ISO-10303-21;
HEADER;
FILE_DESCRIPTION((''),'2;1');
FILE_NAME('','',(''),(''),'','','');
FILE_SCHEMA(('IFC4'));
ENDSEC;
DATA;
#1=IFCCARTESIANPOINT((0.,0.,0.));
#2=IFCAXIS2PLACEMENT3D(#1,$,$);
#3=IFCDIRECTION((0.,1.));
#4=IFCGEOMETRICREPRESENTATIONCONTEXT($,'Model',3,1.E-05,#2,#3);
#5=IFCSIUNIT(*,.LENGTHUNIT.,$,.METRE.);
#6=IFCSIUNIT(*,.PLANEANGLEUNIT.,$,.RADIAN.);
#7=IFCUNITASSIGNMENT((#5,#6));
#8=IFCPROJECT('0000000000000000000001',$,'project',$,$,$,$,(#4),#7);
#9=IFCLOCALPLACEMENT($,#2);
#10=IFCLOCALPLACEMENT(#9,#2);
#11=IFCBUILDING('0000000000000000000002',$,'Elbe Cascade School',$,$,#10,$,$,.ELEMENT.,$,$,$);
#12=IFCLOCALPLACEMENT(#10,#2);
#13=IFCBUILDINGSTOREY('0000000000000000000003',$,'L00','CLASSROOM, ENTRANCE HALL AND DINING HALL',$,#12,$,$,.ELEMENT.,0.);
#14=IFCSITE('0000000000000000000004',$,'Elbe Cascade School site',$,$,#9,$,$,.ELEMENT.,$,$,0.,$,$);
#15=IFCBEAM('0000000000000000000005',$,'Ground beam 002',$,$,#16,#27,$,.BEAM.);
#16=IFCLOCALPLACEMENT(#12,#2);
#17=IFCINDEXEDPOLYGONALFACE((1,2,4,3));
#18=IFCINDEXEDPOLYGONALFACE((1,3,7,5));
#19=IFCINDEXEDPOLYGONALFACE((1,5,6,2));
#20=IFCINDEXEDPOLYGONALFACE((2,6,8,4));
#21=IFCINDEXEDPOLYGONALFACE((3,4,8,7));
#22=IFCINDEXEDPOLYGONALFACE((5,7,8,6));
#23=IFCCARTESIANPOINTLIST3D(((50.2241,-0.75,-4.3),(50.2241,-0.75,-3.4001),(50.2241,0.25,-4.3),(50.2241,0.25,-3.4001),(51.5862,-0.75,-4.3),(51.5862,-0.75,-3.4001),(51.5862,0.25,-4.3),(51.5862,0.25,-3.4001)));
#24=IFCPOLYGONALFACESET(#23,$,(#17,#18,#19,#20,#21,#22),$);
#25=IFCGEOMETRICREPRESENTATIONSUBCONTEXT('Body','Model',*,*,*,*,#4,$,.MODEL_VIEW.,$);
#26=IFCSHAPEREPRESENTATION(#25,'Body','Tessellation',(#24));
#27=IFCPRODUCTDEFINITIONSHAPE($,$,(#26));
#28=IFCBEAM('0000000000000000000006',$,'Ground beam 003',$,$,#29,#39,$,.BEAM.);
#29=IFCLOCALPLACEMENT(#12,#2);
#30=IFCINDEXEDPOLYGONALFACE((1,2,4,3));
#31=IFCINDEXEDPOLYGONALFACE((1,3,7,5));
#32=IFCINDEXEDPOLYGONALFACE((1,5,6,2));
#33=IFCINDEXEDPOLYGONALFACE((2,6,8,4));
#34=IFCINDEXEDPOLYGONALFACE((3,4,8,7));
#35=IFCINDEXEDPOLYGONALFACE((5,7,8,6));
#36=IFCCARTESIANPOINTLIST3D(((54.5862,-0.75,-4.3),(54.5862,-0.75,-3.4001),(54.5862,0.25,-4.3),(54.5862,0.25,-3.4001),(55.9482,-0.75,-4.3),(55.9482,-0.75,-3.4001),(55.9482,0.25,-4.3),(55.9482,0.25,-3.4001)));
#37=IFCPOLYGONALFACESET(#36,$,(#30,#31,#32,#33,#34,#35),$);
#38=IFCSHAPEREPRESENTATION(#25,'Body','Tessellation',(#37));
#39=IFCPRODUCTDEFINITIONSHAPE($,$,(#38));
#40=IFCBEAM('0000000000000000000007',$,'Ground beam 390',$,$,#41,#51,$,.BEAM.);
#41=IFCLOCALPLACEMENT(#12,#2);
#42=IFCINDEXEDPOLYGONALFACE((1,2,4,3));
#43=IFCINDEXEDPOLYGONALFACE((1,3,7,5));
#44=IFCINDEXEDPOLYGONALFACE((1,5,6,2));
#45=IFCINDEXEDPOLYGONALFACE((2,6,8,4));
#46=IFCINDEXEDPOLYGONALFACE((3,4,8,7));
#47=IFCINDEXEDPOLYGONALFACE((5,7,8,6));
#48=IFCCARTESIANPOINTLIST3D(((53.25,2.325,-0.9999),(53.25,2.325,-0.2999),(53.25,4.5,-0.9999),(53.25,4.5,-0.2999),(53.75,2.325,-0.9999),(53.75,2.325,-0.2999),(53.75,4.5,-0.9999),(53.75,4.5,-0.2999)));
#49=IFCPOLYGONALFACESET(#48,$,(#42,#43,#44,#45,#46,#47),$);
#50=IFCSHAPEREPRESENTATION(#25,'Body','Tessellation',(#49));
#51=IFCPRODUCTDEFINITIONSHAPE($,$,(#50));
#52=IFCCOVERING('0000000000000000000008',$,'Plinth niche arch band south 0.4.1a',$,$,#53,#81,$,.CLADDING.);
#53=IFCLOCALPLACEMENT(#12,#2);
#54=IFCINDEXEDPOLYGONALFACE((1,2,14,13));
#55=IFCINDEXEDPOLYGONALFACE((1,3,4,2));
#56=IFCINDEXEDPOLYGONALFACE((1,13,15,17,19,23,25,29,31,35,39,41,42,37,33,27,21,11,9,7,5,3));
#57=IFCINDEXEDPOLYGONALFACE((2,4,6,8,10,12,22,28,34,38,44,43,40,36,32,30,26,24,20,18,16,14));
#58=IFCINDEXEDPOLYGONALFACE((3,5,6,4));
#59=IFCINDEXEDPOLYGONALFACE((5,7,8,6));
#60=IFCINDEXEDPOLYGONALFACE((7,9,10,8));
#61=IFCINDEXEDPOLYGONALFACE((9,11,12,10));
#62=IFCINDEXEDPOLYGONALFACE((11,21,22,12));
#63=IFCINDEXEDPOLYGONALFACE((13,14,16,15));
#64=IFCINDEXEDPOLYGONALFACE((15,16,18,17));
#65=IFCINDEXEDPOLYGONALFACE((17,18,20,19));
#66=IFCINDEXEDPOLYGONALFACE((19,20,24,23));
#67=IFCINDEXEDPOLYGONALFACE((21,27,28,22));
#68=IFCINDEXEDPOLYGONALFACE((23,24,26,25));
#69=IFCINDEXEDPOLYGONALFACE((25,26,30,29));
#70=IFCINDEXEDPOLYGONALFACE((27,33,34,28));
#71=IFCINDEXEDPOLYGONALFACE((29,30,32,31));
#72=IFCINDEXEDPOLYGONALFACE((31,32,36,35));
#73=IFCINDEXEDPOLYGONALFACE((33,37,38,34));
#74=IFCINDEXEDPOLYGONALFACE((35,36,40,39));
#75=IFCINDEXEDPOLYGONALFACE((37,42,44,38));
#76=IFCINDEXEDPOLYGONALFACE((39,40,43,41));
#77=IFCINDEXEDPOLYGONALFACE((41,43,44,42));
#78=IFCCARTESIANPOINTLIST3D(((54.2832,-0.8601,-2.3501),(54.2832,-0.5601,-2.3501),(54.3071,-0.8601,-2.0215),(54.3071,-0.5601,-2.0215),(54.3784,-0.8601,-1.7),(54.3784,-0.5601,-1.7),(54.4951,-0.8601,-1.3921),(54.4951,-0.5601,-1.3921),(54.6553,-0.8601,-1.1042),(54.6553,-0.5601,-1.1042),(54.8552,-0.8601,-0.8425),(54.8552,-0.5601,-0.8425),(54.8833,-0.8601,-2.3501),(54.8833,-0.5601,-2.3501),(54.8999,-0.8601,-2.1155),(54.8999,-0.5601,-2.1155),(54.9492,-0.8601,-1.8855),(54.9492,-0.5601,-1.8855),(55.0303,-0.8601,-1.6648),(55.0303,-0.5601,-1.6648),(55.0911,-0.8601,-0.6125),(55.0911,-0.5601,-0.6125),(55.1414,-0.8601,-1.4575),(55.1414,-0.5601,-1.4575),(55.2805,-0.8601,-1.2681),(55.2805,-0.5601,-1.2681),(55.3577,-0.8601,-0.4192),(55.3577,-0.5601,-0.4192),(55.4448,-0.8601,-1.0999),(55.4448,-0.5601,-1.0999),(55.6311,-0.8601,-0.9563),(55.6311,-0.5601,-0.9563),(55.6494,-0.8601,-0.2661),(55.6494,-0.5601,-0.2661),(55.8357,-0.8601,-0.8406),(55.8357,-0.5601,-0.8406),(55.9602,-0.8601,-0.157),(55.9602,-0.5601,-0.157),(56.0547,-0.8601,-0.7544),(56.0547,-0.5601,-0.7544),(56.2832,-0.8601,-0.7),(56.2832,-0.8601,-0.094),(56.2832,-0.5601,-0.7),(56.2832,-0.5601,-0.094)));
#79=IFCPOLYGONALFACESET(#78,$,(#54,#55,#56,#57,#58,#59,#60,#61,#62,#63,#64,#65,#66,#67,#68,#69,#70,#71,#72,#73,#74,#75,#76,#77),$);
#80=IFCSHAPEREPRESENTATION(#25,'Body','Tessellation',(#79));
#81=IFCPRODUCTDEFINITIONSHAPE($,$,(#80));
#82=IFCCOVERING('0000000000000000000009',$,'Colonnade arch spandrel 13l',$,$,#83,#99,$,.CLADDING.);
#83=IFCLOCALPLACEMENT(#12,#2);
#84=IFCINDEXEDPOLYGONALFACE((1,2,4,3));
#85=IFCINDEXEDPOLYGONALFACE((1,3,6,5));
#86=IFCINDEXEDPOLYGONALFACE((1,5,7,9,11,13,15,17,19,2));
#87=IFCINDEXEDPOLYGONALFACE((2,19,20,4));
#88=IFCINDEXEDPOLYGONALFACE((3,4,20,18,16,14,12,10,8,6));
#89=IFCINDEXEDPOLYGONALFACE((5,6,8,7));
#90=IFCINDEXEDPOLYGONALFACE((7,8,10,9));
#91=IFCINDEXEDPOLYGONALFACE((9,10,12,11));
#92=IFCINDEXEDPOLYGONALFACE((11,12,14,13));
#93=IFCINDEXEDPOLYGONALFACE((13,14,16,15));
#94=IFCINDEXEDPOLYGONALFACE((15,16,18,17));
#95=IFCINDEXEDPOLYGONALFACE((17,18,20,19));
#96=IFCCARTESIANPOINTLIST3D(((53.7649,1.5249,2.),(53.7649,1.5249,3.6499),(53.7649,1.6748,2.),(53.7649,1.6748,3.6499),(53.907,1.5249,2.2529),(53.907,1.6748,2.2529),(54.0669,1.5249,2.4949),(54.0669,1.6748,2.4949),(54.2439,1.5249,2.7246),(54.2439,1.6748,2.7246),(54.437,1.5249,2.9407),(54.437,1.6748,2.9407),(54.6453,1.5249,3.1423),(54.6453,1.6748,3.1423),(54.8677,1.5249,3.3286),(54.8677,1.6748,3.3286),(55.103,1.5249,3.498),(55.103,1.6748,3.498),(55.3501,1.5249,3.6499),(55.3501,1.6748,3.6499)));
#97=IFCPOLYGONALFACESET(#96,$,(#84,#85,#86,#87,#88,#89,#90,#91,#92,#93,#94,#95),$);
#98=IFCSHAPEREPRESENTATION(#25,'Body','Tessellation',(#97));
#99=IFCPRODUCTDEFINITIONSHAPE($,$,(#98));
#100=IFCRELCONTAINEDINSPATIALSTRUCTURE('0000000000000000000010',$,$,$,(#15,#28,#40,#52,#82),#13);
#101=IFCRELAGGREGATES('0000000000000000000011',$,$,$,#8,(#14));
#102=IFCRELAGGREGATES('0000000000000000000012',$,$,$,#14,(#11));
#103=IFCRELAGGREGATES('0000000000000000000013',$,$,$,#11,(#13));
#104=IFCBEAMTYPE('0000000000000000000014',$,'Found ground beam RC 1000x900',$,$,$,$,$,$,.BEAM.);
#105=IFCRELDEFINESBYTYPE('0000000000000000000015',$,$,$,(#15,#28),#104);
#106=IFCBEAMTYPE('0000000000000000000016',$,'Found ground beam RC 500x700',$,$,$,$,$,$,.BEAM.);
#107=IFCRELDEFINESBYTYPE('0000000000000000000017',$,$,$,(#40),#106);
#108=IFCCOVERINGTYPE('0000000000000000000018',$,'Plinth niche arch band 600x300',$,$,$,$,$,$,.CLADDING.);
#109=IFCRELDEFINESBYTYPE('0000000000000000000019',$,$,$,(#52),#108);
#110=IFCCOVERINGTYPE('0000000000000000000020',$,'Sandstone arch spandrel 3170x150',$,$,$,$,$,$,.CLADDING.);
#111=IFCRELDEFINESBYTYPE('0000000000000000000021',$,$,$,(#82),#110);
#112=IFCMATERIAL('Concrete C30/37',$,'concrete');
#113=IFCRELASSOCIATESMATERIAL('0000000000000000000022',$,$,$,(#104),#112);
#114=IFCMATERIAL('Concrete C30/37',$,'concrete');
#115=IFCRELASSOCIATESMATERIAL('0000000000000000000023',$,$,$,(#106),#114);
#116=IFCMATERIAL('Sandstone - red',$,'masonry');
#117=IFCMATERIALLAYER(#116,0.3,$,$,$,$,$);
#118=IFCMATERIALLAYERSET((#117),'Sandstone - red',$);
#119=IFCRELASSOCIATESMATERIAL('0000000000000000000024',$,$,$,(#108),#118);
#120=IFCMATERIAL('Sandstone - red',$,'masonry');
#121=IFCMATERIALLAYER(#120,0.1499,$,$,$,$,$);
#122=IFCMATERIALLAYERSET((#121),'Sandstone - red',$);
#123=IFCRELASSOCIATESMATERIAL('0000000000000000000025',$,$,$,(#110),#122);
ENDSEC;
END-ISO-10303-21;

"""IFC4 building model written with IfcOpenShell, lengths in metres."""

from ifc_helpers import new_model, si_unit, direction, frame, origin, origin_2d, place, context, subcontext, project, spatial, polyline, rectangle, outline, extrude, material, layer, layer_set, material_profile, profile_set, type_object, element, save


model = new_model("IFC4")

# Units and contexts
model_context = context("Model", 3, precision=1e-05, world=origin(), true_north=direction((0.0, 1.0)))
body_context = subcontext(model_context, "Body", "Model", "MODEL_VIEW")
ifc_project = project(units=[si_unit("LENGTHUNIT", "METRE"), si_unit("PLANEANGLEUNIT", "RADIAN")], contexts=[model_context])

# Site, building, storey
site_placement = place(None, origin())
site = spatial("IfcSite", under=ifc_project, at=site_placement, Name="Elbe Cascade School site", CompositionType="ELEMENT", RefElevation=0.0)
building_placement = place(site_placement, origin())
building = spatial("IfcBuilding", under=site, at=building_placement, Name="Elbe Cascade School", CompositionType="ELEMENT")
storey_placement = place(building_placement, origin())
storey = spatial("IfcBuildingStorey", under=building, at=storey_placement, Name="L00", Description="CLASSROOM, ENTRANCE HALL AND DINING HALL", CompositionType="ELEMENT", Elevation=0.0)

# Beams
ifc_material_1 = material(Name="Concrete C30/37", Category="concrete")
ifc_material_profile_1 = material_profile(ifc_material_1, rectangle(XDim=1.0, YDim=0.8999, at=origin_2d()), Name="RC 1000x900")
ifc_profile_set_1 = profile_set([ifc_material_profile_1], Name="Concrete C30/37")
beam_type_1 = type_object("IfcBeamType", Name="Found ground beam RC 1000x900", PredefinedType="BEAM", material=ifc_profile_set_1)
for number, where, z_axis, x_axis, name in (
    (1, (50.2241, -0.25, -3.8501), (1.0, 0.0, 0.0), (0.0, 1.0, 0.0), "Ground beam 002"),
    (2, (54.5862, -0.25, -3.8501), (1.0, 0.0, 0.0), (0.0, 1.0, 0.0), "Ground beam 003"),
):
    element("IfcBeam", number, at=place(storey_placement, frame(where, z_axis=z_axis, x_axis=x_axis)), inside=storey, type_object=beam_type_1, Name=name, PredefinedType="BEAM", context=body_context, shape_type="SweptSolid", body=[
        extrude(rectangle(XDim=1.0, YDim=0.8999, at=origin_2d()), origin(), (0.0, 0.0, 1.0), 1.3621),
    ])
ifc_material_2 = material(Name="Concrete C30/37", Category="concrete")
ifc_material_profile_2 = material_profile(ifc_material_2, rectangle(XDim=0.5, YDim=0.7, at=origin_2d()), Name="RC 500x700")
ifc_profile_set_2 = profile_set([ifc_material_profile_2], Name="Concrete C30/37")
beam_type_2 = type_object("IfcBeamType", Name="Found ground beam RC 500x700", PredefinedType="BEAM", material=ifc_profile_set_2)
beam_1_placement = place(storey_placement, frame((53.5, 2.325, -0.6499), z_axis=(0.0, 1.0, 0.0), x_axis=(-1.0, 0.0, 0.0)))
element("IfcBeam", 3, at=beam_1_placement, inside=storey, type_object=beam_type_2, Name="Ground beam 390", PredefinedType="BEAM", context=body_context, shape_type="SweptSolid", body=[
    extrude(rectangle(XDim=0.5, YDim=0.7, at=origin_2d()), origin(), (0.0, 0.0, 1.0), 2.175),
])

# Coverings
ifc_material_3 = material(Name="Sandstone - red", Category="masonry")
ifc_layer_1 = layer(ifc_material_3, 0.3)
ifc_layer_set_1 = layer_set([ifc_layer_1], Name="Sandstone - red")
covering_type_1 = type_object("IfcCoveringType", Name="Plinth niche arch band 600x300", PredefinedType="CLADDING", material=ifc_layer_set_1)
covering_1_placement = place(storey_placement, frame((54.2832, -0.8601, -2.3501), z_axis=(0.0, -1.0, 0.0), x_axis=(1.0, 0.0, 0.0)))
element("IfcCovering", 4, at=covering_1_placement, inside=storey, type_object=covering_type_1, Name="Plinth niche arch band south 0.4.1a", PredefinedType="CLADDING", context=body_context, shape_type="SweptSolid", body=[
    extrude(outline(polyline([(0.0, 0.0), (0.6001, 0.0), (0.6167, 0.2346), (0.666, 0.4646), (0.7471, 0.6853), (0.8582, 0.8926), (0.9973, 1.082), (1.1616, 1.2502), (1.3479, 1.3938), (1.5525, 1.5095), (1.7715, 1.5957), (2.0, 1.6501), (2.0, 2.2561), (1.677, 2.1931), (1.3662, 2.084), (1.0745, 1.9309), (0.8079, 1.7375), (0.572, 1.5076), (0.3721, 1.2458), (0.2119, 0.958), (0.0952, 0.6501), (0.0239, 0.3286), (0.0, 0.0)])), origin(), (0.0, 0.0, -1.0), 0.3),
])
ifc_material_4 = material(Name="Sandstone - red", Category="masonry")
ifc_layer_2 = layer(ifc_material_4, 0.1499)
ifc_layer_set_2 = layer_set([ifc_layer_2], Name="Sandstone - red")
covering_type_2 = type_object("IfcCoveringType", Name="Sandstone arch spandrel 3170x150", PredefinedType="CLADDING", material=ifc_layer_set_2)
covering_2_placement = place(storey_placement, frame((53.7649, 1.5249, 3.6499), z_axis=(0.0, -1.0, 0.0), x_axis=(0.0, 0.0, -1.0)))
element("IfcCovering", 5, at=covering_2_placement, inside=storey, type_object=covering_type_2, Name="Colonnade arch spandrel 13l", PredefinedType="CLADDING", context=body_context, shape_type="SweptSolid", body=[
    extrude(outline(polyline([(0.0, 0.0), (1.6499, 0.0), (1.397, 0.1421), (1.155, 0.302), (0.9253, 0.479), (0.7092, 0.6721), (0.5076, 0.8804), (0.3213, 1.1028), (0.1519, 1.3381), (0.0, 1.5852), (0.0, 0.0)])), origin(), (0.0, 0.0, -1.0), 0.1499),
])

save(model, "model.ifc")
